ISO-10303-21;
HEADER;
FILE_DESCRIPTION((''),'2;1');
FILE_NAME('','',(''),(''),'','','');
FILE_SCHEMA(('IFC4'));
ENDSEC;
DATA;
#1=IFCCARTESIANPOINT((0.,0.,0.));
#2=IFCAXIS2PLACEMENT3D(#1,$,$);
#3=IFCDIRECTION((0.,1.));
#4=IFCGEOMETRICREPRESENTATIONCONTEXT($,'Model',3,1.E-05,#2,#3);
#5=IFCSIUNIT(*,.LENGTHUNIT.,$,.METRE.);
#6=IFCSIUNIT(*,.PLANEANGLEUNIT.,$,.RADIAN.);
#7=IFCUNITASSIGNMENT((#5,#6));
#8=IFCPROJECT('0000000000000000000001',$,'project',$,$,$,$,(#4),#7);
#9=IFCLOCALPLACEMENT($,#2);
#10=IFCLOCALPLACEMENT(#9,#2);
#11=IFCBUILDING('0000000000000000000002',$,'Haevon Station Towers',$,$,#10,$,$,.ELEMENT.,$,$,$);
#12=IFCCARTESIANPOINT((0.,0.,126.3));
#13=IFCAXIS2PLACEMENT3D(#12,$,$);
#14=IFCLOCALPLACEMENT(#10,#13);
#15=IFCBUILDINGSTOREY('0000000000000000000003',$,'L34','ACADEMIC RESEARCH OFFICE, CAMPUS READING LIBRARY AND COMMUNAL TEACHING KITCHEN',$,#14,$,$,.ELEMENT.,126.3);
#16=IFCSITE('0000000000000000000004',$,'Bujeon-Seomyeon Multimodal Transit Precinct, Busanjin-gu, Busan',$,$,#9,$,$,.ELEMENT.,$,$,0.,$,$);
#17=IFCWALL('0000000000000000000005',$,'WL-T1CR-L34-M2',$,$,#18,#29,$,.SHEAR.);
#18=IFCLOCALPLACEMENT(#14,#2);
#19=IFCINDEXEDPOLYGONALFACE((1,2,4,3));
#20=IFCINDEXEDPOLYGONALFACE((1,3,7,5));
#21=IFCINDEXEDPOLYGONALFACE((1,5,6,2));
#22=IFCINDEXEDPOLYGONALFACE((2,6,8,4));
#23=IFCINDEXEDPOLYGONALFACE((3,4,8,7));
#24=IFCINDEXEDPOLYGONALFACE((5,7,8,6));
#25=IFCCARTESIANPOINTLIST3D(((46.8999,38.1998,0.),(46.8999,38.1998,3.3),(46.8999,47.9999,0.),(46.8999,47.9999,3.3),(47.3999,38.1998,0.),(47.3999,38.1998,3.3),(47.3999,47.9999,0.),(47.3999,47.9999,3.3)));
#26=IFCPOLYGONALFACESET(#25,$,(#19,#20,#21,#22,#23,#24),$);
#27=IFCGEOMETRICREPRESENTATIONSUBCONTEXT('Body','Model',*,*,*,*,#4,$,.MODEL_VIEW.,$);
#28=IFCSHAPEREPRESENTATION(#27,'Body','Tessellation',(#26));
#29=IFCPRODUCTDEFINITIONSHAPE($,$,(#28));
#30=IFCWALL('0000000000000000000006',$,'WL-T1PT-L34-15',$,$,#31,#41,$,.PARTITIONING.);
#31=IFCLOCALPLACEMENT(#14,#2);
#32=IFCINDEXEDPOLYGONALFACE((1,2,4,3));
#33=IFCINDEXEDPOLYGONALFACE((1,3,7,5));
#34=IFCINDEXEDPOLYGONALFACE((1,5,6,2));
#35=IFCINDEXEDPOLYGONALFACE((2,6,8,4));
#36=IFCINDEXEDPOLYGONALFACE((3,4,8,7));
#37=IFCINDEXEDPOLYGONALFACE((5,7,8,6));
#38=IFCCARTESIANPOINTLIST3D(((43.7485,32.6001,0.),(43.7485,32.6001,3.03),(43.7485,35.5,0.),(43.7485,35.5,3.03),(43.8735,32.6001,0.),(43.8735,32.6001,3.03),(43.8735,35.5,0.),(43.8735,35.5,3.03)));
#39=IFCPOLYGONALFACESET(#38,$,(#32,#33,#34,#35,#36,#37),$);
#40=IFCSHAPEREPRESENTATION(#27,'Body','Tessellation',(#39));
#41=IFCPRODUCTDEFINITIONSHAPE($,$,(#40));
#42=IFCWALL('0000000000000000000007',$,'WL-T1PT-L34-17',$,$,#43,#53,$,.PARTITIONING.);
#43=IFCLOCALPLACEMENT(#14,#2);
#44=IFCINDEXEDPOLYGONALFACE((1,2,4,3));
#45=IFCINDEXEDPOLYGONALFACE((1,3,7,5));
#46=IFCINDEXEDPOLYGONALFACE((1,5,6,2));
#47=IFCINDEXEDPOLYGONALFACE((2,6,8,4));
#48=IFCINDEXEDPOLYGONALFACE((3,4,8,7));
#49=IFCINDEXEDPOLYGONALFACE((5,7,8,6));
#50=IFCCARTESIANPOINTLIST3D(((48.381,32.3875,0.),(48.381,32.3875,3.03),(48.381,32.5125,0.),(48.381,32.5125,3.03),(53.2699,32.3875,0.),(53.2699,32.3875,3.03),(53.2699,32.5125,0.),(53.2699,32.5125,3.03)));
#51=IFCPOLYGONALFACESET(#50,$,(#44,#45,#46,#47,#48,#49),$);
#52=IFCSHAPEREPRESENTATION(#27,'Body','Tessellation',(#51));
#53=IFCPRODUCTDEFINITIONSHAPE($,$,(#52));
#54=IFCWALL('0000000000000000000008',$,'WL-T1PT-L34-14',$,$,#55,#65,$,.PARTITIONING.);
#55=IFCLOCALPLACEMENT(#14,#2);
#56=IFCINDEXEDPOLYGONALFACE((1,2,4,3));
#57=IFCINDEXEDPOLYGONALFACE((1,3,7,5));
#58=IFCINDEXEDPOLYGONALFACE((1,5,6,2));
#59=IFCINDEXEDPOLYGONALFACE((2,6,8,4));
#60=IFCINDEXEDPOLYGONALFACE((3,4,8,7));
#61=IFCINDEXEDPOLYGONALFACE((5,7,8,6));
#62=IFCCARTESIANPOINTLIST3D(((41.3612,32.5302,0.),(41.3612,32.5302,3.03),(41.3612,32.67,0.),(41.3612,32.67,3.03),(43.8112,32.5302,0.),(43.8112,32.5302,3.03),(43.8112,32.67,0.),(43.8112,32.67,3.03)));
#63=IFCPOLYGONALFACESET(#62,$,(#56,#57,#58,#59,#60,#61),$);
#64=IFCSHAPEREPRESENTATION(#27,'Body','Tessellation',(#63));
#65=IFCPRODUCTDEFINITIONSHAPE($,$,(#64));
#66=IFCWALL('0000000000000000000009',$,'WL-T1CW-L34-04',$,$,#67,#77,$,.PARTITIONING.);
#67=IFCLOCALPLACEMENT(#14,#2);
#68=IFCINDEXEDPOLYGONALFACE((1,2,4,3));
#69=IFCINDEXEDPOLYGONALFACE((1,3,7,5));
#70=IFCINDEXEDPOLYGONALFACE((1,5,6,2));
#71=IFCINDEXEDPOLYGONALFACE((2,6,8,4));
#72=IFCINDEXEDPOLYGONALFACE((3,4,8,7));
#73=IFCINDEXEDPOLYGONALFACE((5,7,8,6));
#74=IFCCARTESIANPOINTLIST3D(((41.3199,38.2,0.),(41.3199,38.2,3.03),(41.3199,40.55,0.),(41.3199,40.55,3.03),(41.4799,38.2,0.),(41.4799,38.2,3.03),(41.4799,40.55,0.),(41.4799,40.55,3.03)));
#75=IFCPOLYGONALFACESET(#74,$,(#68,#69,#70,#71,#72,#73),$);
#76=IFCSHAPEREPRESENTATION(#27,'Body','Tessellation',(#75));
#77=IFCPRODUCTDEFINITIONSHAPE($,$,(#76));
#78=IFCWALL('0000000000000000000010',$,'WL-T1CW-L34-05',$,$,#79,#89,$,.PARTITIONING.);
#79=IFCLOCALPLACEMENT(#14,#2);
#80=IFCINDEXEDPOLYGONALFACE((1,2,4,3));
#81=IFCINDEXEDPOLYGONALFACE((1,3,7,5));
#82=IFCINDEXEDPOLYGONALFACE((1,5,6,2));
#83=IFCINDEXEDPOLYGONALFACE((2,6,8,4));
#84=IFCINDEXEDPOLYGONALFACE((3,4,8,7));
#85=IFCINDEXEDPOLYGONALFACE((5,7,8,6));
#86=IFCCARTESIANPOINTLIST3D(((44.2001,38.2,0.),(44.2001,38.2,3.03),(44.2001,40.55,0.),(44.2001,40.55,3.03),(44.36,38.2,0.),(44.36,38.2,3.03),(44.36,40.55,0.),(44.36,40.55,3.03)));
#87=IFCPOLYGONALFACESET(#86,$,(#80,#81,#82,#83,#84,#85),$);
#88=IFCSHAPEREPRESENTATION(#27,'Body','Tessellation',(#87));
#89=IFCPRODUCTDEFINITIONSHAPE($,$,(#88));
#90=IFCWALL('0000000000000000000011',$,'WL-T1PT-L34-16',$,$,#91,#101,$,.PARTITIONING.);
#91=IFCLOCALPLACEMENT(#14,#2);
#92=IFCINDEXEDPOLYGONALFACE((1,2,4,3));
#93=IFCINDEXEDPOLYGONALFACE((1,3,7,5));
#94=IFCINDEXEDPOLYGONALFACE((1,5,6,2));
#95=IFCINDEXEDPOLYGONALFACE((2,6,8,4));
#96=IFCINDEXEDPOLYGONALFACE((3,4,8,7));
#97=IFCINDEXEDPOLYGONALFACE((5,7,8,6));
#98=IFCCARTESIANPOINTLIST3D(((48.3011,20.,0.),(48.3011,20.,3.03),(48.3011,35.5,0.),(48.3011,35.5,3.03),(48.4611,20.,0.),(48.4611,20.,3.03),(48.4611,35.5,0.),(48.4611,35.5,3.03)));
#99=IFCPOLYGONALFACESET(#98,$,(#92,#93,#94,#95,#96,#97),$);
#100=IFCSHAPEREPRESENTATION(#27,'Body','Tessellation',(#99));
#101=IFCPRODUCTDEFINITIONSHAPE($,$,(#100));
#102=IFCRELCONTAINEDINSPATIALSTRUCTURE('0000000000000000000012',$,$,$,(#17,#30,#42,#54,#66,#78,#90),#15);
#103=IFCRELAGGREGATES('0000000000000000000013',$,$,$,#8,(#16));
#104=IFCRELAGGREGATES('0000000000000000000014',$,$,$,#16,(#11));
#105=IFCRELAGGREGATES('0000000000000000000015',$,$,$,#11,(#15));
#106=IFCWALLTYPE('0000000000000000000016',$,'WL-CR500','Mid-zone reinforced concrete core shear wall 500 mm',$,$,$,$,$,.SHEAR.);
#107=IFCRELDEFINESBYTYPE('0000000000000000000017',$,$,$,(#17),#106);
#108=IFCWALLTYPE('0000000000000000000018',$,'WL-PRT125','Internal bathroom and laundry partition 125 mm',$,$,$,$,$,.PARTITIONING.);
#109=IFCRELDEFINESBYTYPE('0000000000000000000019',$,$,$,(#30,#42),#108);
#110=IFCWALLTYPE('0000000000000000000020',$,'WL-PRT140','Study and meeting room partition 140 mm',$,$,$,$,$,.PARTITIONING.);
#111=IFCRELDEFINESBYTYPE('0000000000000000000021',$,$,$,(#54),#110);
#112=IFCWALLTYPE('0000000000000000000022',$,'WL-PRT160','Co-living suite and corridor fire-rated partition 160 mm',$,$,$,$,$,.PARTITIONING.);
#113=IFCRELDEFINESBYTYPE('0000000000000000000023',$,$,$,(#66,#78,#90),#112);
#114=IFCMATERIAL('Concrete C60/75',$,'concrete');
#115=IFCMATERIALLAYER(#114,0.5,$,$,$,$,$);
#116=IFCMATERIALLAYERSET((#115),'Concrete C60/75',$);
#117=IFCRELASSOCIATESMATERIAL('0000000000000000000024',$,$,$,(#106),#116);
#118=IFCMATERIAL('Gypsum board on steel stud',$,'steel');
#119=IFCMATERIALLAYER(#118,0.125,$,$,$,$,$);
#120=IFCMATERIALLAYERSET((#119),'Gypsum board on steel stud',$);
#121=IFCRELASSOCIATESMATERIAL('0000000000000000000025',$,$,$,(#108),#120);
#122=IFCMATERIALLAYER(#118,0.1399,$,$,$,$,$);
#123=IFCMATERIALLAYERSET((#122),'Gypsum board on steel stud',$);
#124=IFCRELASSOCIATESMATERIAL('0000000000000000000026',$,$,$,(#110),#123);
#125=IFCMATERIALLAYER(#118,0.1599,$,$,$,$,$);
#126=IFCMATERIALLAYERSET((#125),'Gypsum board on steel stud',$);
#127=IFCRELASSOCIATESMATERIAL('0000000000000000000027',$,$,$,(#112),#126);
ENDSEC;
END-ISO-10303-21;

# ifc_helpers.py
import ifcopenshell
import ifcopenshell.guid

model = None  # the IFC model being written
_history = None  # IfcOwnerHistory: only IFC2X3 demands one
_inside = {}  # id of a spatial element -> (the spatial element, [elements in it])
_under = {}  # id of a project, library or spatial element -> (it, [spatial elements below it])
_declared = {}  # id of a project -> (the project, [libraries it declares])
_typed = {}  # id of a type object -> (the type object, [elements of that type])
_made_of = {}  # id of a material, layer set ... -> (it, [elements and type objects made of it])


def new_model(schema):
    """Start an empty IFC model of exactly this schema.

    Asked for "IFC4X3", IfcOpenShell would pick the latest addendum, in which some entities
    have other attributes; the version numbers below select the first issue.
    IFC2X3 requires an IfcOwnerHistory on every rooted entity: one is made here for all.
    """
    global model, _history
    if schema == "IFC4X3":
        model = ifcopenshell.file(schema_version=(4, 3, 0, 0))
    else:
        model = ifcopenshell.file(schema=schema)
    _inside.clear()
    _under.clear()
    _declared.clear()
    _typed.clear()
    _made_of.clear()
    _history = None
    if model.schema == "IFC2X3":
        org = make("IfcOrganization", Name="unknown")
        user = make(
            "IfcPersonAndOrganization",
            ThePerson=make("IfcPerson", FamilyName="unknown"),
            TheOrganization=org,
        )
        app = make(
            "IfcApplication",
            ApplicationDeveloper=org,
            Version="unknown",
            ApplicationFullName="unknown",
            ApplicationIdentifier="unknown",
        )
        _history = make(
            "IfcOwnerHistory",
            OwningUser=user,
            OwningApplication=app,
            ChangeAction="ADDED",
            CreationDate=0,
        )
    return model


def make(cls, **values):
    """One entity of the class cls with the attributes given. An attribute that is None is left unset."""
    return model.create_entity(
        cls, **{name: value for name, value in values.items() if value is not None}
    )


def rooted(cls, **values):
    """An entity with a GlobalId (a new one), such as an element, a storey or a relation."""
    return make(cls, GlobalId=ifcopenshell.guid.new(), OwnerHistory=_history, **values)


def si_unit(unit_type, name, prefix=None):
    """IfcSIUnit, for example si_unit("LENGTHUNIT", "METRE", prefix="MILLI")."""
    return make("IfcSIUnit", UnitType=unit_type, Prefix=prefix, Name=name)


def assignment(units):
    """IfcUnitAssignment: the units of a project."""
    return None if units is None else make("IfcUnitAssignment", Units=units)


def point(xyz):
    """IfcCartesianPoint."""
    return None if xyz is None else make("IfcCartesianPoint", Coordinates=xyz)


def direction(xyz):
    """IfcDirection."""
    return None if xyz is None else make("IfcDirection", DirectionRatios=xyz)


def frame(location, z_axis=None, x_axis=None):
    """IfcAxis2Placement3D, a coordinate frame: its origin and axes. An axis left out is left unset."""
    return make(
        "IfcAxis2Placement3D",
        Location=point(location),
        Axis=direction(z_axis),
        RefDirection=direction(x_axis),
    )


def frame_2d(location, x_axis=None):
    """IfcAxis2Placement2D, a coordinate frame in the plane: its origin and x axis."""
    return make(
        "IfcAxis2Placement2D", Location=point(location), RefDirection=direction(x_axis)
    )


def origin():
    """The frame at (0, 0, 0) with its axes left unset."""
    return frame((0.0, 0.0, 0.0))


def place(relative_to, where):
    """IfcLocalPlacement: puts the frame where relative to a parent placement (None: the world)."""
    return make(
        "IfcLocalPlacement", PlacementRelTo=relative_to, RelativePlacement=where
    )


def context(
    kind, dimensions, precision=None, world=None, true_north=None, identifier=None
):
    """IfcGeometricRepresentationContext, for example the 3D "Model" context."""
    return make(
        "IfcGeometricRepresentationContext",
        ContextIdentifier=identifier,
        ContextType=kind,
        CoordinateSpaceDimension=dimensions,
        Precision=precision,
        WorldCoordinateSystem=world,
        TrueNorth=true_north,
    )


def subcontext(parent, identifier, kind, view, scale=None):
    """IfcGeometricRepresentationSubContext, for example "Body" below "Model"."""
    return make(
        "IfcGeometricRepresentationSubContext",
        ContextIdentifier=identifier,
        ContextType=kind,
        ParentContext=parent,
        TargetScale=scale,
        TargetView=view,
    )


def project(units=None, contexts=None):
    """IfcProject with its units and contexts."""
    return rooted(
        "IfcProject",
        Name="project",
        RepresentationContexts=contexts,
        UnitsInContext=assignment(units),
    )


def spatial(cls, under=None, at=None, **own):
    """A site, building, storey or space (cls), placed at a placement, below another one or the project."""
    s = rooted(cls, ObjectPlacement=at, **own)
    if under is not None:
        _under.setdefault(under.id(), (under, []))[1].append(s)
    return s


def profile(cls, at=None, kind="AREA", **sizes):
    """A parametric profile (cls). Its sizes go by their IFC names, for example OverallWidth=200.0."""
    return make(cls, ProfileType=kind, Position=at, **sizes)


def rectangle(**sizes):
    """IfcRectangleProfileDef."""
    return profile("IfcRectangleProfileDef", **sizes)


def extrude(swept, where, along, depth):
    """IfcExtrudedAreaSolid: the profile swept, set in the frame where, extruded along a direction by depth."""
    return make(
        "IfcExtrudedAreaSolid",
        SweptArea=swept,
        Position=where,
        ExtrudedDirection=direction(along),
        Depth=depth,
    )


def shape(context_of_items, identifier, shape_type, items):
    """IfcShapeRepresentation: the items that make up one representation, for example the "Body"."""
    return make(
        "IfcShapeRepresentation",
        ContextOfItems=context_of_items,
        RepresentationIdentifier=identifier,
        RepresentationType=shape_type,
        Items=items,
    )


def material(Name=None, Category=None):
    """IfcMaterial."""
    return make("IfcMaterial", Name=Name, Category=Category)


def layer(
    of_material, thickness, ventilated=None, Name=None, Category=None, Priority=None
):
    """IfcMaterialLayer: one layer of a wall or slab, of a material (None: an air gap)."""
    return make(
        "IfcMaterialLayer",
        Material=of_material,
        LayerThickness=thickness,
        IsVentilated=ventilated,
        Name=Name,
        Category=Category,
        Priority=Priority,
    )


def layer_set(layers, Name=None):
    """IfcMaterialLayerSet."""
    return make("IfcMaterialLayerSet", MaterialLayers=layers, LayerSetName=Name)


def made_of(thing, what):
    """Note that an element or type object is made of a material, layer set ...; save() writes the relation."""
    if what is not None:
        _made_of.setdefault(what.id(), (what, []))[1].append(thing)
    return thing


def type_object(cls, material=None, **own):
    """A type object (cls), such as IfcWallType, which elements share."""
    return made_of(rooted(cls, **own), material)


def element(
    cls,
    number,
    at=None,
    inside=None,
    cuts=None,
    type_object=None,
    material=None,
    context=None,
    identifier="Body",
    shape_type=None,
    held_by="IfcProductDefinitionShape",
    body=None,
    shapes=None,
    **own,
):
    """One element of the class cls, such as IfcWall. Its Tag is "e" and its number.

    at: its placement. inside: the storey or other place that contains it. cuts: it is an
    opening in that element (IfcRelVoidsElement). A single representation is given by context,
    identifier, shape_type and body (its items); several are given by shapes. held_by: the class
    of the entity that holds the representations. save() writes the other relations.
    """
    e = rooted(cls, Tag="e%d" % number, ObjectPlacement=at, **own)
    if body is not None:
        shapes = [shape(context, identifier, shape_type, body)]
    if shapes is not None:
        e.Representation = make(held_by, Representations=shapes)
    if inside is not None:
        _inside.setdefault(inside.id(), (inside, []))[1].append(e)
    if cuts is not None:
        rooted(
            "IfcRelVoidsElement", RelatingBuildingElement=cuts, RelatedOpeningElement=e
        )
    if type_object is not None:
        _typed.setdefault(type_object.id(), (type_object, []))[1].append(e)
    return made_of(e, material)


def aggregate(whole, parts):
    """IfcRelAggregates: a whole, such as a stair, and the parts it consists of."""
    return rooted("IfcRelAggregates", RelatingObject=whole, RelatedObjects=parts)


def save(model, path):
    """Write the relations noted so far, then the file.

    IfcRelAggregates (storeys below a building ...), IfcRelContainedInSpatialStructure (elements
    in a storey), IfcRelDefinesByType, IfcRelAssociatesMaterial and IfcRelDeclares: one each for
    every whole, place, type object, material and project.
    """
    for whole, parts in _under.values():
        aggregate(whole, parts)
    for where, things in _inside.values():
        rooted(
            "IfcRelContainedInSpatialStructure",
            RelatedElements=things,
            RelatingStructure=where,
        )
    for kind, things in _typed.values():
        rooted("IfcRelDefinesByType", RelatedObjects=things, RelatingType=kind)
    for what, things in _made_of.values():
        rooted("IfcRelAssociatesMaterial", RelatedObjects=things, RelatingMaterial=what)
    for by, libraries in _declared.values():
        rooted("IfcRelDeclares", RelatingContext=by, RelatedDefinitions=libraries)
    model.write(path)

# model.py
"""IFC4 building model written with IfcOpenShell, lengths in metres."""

from ifc_helpers import new_model, si_unit, direction, frame, frame_2d, origin, place, context, subcontext, project, spatial, rectangle, extrude, material, layer, layer_set, type_object, element, save


model = new_model("IFC4")

# Units and contexts
model_context = context("Model", 3, precision=1e-05, world=origin(), true_north=direction((0.0, 1.0)))
body_context = subcontext(model_context, "Body", "Model", "MODEL_VIEW")
ifc_project = project(units=[si_unit("LENGTHUNIT", "METRE"), si_unit("PLANEANGLEUNIT", "RADIAN")], contexts=[model_context])

# Site, building, storey
site_placement = place(None, origin())
site = spatial("IfcSite", under=ifc_project, at=site_placement, Name="Bujeon-Seomyeon Multimodal Transit Precinct, Busanjin-gu, Busan", CompositionType="ELEMENT", RefElevation=0.0)
building_placement = place(site_placement, origin())
building = spatial("IfcBuilding", under=site, at=building_placement, Name="Haevon Station Towers", CompositionType="ELEMENT")
storey_placement = place(building_placement, frame((0.0, 0.0, 126.3)))
storey = spatial("IfcBuildingStorey", under=building, at=storey_placement, Name="L34", Description="ACADEMIC RESEARCH OFFICE, CAMPUS READING LIBRARY AND COMMUNAL TEACHING KITCHEN", CompositionType="ELEMENT", Elevation=126.3)

# Shared definitions
ifc_material_1 = material(Name="Gypsum board on steel stud", Category="steel")

# Walls
ifc_material_2 = material(Name="Concrete C60/75", Category="concrete")
ifc_layer_1 = layer(ifc_material_2, 0.5)
ifc_layer_set_1 = layer_set([ifc_layer_1], Name="Concrete C60/75")
wall_type_1 = type_object("IfcWallType", Name="WL-CR500", Description="Mid-zone reinforced concrete core shear wall 500 mm", PredefinedType="SHEAR", material=ifc_layer_set_1)
wall_1_placement = place(storey_placement, frame((47.1499, 38.2, 0.0), z_axis=(0.0, 0.0, 1.0), x_axis=(0.0, 1.0, 0.0)))
element("IfcWall", 1, at=wall_1_placement, inside=storey, type_object=wall_type_1, Name="WL-T1CR-L34-M2", PredefinedType="SHEAR", context=body_context, shape_type="SweptSolid", body=[
    extrude(rectangle(XDim=9.8, YDim=0.5, at=frame_2d((4.8999, 0.0))), origin(), (0.0, 0.0, 1.0), 3.3),
])
ifc_layer_2 = layer(ifc_material_1, 0.125)
ifc_layer_set_2 = layer_set([ifc_layer_2], Name="Gypsum board on steel stud")
wall_type_2 = type_object("IfcWallType", Name="WL-PRT125", Description="Internal bathroom and laundry partition 125 mm", PredefinedType="PARTITIONING", material=ifc_layer_set_2)
wall_2_placement = place(storey_placement, frame((43.811, 32.6001, 0.0), z_axis=(0.0, 0.0, 1.0), x_axis=(0.0, 1.0, 0.0)))
element("IfcWall", 2, at=wall_2_placement, inside=storey, type_object=wall_type_2, Name="WL-T1PT-L34-15", PredefinedType="PARTITIONING", context=body_context, shape_type="SweptSolid", body=[
    extrude(rectangle(XDim=2.8999, YDim=0.125, at=frame_2d((1.45, 0.0))), origin(), (0.0, 0.0, 1.0), 3.03),
])
wall_3_placement = place(storey_placement, frame((48.3811, 32.45, 0.0), z_axis=(0.0, 0.0, 1.0), x_axis=(1.0, 0.0, 0.0)))
element("IfcWall", 3, at=wall_3_placement, inside=storey, type_object=wall_type_2, Name="WL-T1PT-L34-17", PredefinedType="PARTITIONING", context=body_context, shape_type="SweptSolid", body=[
    extrude(rectangle(XDim=4.8889, YDim=0.125, at=frame_2d((2.4443, 0.0))), origin(), (0.0, 0.0, 1.0), 3.03),
])
ifc_layer_3 = layer(ifc_material_1, 0.1399)
ifc_layer_set_3 = layer_set([ifc_layer_3], Name="Gypsum board on steel stud")
wall_type_3 = type_object("IfcWallType", Name="WL-PRT140", Description="Study and meeting room partition 140 mm", PredefinedType="PARTITIONING", material=ifc_layer_set_3)
wall_4_placement = place(storey_placement, frame((41.3611, 32.6001, 0.0), z_axis=(0.0, 0.0, 1.0), x_axis=(1.0, 0.0, 0.0)))
element("IfcWall", 4, at=wall_4_placement, inside=storey, type_object=wall_type_3, Name="WL-T1PT-L34-14", PredefinedType="PARTITIONING", context=body_context, shape_type="SweptSolid", body=[
    extrude(rectangle(XDim=2.45, YDim=0.1399, at=frame_2d((1.2251, 0.0))), origin(), (0.0, 0.0, 1.0), 3.03),
])
ifc_layer_4 = layer(ifc_material_1, 0.1599)
ifc_layer_set_4 = layer_set([ifc_layer_4], Name="Gypsum board on steel stud")
wall_type_4 = type_object("IfcWallType", Name="WL-PRT160", Description="Co-living suite and corridor fire-rated partition 160 mm", PredefinedType="PARTITIONING", material=ifc_layer_set_4)
for number, where, z_axis, x_axis, name in (
    (5, (41.3999, 38.2, 0.0), (0.0, 0.0, 1.0), (0.0, 1.0, 0.0), "WL-T1CW-L34-04"),
    (6, (44.28, 38.2, 0.0), (0.0, 0.0, 1.0), (0.0, 1.0, 0.0), "WL-T1CW-L34-05"),
):
    element("IfcWall", number, at=place(storey_placement, frame(where, z_axis=z_axis, x_axis=x_axis)), inside=storey, type_object=wall_type_4, Name=name, PredefinedType="PARTITIONING", context=body_context, shape_type="SweptSolid", body=[
        extrude(rectangle(XDim=2.3501, YDim=0.1599, at=frame_2d((1.175, 0.0))), origin(), (0.0, 0.0, 1.0), 3.03),
    ])
wall_5_placement = place(storey_placement, frame((48.3811, 20.0, 0.0), z_axis=(0.0, 0.0, 1.0), x_axis=(0.0, 1.0, 0.0)))
element("IfcWall", 7, at=wall_5_placement, inside=storey, type_object=wall_type_4, Name="WL-T1PT-L34-16", PredefinedType="PARTITIONING", context=body_context, shape_type="SweptSolid", body=[
    extrude(rectangle(XDim=15.5, YDim=0.1599, at=frame_2d((7.75, 0.0))), origin(), (0.0, 0.0, 1.0), 3.03),
])

save(model, "model.ifc")
